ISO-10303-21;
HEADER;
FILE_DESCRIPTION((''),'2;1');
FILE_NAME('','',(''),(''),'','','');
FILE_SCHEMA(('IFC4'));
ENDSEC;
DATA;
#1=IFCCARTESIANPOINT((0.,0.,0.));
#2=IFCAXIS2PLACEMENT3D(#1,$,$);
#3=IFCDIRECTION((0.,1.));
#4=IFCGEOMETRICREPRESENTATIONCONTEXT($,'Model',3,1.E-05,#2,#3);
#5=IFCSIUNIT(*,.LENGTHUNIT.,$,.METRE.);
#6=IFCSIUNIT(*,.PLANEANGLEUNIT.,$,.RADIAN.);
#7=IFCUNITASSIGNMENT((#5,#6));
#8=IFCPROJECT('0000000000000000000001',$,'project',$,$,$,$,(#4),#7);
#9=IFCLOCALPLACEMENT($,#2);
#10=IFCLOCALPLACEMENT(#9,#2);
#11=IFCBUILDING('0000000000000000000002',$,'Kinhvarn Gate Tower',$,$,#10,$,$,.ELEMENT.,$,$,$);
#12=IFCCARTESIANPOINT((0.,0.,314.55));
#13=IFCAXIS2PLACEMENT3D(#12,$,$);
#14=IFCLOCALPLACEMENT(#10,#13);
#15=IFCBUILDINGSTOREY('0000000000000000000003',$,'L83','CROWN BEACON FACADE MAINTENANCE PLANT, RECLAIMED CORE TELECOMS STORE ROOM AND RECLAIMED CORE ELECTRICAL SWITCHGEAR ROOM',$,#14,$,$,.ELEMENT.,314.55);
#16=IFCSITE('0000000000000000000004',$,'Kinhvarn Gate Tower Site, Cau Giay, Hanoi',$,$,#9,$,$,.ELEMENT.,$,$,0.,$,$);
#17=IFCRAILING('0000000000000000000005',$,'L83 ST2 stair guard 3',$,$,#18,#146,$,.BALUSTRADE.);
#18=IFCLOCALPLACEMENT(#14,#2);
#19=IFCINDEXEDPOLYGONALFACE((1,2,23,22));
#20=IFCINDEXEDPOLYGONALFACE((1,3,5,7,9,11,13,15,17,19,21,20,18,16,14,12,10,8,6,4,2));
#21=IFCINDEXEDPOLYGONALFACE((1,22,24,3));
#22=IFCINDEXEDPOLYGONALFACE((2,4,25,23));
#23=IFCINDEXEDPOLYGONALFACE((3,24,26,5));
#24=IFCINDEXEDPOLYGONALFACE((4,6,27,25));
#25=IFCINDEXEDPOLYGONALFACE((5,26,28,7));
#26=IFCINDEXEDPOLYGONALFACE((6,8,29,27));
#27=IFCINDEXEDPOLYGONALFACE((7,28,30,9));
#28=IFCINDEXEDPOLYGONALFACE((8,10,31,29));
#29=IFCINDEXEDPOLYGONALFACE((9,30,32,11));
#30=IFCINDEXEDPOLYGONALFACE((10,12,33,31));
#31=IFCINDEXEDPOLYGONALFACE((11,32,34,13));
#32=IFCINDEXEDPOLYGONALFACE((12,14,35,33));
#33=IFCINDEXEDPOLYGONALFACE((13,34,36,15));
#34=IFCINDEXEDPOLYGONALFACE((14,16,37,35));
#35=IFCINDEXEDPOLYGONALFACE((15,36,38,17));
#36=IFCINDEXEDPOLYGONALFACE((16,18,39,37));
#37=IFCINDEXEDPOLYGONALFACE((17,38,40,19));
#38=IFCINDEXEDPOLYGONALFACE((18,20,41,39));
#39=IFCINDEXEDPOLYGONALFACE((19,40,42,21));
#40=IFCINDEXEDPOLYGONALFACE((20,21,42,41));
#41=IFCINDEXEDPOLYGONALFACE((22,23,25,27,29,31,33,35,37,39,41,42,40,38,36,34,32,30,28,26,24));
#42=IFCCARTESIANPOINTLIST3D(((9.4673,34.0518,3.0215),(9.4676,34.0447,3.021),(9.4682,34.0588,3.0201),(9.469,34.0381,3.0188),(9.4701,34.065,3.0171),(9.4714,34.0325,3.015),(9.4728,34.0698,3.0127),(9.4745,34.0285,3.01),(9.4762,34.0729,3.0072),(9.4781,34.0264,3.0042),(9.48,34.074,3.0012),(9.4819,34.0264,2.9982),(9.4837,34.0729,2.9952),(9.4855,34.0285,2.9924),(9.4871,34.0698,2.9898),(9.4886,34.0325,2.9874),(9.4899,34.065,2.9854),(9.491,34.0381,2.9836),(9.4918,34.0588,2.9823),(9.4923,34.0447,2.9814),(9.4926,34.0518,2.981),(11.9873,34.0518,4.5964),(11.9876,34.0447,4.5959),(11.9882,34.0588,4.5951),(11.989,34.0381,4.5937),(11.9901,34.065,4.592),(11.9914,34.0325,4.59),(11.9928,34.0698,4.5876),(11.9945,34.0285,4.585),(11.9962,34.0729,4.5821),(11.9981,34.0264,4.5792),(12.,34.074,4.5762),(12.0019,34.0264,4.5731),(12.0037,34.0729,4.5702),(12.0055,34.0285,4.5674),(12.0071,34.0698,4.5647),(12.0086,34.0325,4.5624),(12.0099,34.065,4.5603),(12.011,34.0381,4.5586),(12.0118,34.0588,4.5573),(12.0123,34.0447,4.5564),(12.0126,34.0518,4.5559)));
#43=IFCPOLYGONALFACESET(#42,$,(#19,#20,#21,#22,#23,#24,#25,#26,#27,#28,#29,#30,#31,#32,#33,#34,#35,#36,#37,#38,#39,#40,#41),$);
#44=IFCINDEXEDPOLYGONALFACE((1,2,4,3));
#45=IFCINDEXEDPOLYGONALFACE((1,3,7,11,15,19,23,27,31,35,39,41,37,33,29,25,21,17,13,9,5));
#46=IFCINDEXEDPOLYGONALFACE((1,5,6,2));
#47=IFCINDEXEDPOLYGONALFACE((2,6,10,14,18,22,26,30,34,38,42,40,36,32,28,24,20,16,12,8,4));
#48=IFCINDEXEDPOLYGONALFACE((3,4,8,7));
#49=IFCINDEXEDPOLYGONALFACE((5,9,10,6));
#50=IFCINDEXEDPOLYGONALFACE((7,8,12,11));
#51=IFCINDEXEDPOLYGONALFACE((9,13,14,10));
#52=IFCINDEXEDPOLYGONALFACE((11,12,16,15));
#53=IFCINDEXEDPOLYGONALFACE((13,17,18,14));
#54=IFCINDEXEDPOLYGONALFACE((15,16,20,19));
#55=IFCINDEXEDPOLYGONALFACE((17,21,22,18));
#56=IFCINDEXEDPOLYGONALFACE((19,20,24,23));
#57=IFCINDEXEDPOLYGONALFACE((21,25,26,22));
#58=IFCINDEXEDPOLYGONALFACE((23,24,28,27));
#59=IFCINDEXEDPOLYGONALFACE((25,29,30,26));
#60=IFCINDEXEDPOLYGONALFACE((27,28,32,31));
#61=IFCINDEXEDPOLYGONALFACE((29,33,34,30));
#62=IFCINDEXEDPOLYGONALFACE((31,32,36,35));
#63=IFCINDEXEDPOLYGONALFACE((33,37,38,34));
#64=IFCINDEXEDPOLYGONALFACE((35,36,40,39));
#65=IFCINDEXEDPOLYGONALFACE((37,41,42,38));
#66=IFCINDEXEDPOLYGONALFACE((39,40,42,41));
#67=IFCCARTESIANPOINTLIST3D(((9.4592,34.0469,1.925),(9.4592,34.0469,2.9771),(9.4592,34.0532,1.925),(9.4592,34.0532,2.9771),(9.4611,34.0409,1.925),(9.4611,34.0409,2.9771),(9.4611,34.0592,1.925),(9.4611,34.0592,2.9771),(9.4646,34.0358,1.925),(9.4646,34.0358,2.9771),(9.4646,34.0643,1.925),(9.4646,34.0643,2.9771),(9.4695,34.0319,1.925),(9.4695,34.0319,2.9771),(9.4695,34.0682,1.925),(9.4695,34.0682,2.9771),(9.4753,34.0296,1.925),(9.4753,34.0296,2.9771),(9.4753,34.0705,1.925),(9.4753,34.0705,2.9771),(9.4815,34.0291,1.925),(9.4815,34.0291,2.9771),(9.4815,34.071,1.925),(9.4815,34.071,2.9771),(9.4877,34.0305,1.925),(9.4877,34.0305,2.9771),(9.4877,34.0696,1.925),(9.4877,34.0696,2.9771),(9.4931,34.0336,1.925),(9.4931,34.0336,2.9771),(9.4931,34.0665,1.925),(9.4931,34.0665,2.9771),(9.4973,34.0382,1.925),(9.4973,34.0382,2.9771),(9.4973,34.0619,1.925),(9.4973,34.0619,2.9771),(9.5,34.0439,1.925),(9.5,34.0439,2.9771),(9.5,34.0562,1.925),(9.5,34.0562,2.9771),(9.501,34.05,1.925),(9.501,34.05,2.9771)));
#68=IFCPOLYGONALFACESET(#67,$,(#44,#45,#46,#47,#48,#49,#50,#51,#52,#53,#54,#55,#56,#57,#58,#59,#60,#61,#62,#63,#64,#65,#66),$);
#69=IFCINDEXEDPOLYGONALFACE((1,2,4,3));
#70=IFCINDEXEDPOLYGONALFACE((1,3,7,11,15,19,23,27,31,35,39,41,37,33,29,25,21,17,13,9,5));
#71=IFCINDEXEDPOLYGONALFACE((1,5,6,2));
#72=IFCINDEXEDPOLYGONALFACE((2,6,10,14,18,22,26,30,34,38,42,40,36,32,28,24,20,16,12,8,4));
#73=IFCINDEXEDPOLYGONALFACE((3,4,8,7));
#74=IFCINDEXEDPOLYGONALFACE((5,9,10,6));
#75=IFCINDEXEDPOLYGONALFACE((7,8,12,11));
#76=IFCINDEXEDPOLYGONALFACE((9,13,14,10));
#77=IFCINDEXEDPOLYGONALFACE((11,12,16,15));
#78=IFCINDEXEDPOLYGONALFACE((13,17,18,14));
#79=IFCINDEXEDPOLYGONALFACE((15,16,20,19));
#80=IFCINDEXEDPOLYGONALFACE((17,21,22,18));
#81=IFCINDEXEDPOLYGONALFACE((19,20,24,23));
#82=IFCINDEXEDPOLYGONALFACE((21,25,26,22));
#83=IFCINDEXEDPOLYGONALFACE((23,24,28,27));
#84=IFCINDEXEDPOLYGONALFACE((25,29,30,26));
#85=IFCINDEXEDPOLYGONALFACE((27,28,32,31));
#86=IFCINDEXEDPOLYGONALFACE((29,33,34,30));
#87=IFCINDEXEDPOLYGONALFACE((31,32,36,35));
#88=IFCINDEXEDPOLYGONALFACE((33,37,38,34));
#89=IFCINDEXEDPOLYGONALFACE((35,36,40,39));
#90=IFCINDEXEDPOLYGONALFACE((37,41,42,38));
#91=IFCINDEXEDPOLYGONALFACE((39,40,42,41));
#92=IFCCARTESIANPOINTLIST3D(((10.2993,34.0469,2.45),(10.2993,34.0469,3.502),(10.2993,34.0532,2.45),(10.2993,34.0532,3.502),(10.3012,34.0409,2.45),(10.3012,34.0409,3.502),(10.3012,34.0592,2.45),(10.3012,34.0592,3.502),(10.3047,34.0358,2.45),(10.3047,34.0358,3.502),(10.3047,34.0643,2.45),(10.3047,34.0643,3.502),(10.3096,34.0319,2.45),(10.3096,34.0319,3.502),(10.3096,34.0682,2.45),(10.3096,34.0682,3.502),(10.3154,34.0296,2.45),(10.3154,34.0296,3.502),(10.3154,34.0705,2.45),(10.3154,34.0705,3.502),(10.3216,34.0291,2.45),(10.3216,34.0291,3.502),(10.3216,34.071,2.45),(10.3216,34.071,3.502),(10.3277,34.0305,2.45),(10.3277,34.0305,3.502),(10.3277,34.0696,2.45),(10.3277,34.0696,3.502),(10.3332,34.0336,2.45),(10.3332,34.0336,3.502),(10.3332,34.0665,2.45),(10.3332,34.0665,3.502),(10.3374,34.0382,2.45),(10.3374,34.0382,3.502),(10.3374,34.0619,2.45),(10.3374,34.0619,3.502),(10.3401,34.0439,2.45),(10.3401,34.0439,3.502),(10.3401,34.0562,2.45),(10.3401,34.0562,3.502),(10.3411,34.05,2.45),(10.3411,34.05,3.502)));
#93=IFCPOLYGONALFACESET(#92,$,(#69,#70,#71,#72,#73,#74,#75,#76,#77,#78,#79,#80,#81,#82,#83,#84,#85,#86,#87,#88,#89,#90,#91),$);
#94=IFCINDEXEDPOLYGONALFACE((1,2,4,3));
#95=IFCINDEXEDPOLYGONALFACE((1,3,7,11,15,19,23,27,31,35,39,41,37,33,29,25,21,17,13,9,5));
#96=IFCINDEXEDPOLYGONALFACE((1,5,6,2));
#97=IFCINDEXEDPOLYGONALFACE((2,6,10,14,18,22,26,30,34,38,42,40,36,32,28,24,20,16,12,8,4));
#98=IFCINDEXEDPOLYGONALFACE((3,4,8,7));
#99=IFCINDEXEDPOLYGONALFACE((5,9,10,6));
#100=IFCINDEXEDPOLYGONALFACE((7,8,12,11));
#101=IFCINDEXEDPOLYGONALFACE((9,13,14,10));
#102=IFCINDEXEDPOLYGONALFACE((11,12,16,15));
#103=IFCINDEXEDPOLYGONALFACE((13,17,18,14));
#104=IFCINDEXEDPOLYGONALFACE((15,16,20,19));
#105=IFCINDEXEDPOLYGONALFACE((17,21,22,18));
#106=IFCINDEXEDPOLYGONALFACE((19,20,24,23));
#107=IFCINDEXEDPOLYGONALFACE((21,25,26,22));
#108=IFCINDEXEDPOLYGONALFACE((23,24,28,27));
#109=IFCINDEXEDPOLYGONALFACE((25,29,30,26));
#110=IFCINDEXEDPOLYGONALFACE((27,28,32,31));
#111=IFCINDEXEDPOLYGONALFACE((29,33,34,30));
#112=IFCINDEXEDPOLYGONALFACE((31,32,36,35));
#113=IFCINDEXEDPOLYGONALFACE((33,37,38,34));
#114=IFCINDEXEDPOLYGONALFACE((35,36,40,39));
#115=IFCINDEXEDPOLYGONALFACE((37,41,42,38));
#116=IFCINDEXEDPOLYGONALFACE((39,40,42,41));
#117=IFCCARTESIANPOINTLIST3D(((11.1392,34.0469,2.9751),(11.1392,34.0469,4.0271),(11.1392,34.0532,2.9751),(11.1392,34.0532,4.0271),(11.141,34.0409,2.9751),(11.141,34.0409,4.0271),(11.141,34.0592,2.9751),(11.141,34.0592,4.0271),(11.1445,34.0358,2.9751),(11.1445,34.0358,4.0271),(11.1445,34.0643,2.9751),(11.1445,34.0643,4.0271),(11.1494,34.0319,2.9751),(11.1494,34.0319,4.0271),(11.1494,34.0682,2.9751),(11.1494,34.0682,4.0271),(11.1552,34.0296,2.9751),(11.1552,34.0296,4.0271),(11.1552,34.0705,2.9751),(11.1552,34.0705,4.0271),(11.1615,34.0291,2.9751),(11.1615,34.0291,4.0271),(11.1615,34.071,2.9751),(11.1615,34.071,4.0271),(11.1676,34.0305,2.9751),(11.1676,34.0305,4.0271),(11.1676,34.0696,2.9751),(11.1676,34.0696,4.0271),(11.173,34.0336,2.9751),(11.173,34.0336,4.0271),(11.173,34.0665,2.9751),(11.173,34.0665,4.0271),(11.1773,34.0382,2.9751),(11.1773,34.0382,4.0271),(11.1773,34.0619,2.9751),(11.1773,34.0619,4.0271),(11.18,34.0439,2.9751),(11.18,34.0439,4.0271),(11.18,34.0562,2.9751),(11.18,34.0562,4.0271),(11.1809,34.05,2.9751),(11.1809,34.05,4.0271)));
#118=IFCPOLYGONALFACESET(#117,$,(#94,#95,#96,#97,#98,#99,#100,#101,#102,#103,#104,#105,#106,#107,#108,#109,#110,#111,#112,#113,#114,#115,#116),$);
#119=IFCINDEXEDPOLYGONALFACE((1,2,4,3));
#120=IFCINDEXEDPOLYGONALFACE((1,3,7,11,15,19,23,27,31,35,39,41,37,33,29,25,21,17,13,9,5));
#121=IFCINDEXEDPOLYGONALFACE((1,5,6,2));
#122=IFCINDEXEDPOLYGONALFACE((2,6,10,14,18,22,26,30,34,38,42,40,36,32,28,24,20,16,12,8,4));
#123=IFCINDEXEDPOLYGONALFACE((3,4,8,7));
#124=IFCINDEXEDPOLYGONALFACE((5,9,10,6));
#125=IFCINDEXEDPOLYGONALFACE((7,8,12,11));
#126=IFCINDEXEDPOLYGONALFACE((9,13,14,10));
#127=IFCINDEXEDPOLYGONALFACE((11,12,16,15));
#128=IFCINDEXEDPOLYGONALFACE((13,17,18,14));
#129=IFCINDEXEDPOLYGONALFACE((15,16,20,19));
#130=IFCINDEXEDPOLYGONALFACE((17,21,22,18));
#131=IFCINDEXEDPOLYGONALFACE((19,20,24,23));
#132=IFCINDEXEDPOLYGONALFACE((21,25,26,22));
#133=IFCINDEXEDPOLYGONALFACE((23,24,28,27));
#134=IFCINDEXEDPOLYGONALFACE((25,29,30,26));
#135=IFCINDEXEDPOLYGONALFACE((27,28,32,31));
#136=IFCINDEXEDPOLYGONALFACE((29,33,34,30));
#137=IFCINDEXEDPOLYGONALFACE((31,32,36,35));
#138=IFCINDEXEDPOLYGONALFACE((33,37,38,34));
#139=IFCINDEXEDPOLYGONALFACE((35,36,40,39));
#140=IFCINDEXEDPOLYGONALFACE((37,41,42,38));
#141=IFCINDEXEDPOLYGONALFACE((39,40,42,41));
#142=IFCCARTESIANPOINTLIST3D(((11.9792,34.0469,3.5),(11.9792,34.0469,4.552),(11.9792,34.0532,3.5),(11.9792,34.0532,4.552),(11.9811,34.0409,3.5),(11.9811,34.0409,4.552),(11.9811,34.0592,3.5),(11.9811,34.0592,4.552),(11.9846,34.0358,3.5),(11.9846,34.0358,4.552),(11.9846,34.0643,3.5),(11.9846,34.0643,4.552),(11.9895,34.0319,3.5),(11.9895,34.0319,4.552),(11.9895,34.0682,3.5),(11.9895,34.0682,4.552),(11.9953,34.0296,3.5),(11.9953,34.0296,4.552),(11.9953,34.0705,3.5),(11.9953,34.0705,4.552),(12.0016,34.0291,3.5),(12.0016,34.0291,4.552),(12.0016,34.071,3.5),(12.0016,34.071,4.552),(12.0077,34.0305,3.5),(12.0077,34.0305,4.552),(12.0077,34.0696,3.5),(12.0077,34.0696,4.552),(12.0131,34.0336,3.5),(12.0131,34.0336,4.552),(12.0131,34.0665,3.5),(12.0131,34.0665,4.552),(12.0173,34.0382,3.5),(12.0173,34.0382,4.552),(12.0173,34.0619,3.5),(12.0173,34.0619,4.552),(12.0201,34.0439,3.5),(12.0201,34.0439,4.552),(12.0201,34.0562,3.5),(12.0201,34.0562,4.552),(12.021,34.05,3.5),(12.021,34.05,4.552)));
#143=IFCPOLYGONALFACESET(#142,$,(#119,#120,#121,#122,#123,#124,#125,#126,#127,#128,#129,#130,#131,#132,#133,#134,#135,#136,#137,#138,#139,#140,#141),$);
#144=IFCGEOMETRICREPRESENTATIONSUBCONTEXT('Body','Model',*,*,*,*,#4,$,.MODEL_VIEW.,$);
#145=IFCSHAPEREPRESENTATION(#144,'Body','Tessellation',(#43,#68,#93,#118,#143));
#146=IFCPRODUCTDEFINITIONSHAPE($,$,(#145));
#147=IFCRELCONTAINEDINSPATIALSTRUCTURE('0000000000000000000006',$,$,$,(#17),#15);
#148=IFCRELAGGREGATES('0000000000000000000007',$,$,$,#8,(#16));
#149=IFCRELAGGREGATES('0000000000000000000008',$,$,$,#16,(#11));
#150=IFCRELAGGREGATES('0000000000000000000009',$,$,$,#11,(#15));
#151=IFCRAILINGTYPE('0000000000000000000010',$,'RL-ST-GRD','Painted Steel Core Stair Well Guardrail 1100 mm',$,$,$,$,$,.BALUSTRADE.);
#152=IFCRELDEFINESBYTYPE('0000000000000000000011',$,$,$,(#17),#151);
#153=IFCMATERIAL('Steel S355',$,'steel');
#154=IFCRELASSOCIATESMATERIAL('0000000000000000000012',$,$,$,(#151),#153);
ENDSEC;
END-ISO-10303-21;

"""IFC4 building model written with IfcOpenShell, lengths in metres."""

from ifc_helpers import new_model, si_unit, direction, frame, origin, origin_2d, place, context, subcontext, project, spatial, circle, extrude, material, type_object, element, save


model = new_model("IFC4")

# Units and contexts
model_context = context("Model", 3, precision=1e-05, world=origin(), true_north=direction((0.0, 1.0)))
body_context = subcontext(model_context, "Body", "Model", "MODEL_VIEW")
ifc_project = project(units=[si_unit("LENGTHUNIT", "METRE"), si_unit("PLANEANGLEUNIT", "RADIAN")], contexts=[model_context])

# Site, building, storey
site_placement = place(None, origin())
site = spatial("IfcSite", under=ifc_project, at=site_placement, Name="Kinhvarn Gate Tower Site, Cau Giay, Hanoi", CompositionType="ELEMENT", RefElevation=0.0)
building_placement = place(site_placement, origin())
building = spatial("IfcBuilding", under=site, at=building_placement, Name="Kinhvarn Gate Tower", CompositionType="ELEMENT")
storey_placement = place(building_placement, frame((0.0, 0.0, 314.55)))
storey = spatial("IfcBuildingStorey", under=building, at=storey_placement, Name="L83", Description="CROWN BEACON FACADE MAINTENANCE PLANT, RECLAIMED CORE TELECOMS STORE ROOM AND RECLAIMED CORE ELECTRICAL SWITCHGEAR ROOM", CompositionType="ELEMENT", Elevation=314.55)

# Railing
ifc_material_1 = material(Name="Steel S355", Category="steel")
railing_type_1 = type_object("IfcRailingType", Name="RL-ST-GRD", Description="Painted Steel Core Stair Well Guardrail 1100 mm", PredefinedType="BALUSTRADE", material=ifc_material_1)
railing_1_placement = place(storey_placement, frame((9.48, 34.05, 1.925)))
element("IfcRailing", 1, at=railing_1_placement, inside=storey, type_object=railing_type_1, Name="L83 ST2 stair guard 3", PredefinedType="BALUSTRADE", context=body_context, shape_type="SweptSolid", body=[
    extrude(circle(Radius=0.0239, at=origin_2d()), frame((0.0, 0.0, 1.0762), z_axis=(0.848008, 0.0, 0.529984), x_axis=(0.0, 1.0, 0.0)), (0.0, 0.0, 1.0), 2.9717),
    extrude(circle(Radius=0.021, at=origin_2d()), origin(), (0.0, 0.0, 1.0), 1.052),
    extrude(circle(Radius=0.021, at=origin_2d()), frame((0.8401, 0.0, 0.5249)), (0.0, 0.0, 1.0), 1.052),
    extrude(circle(Radius=0.021, at=origin_2d()), frame((1.6799, 0.0, 1.05)), (0.0, 0.0, 1.0), 1.052),
    extrude(circle(Radius=0.021, at=origin_2d()), frame((2.52, 0.0, 1.575)), (0.0, 0.0, 1.0), 1.052),
])

save(model, "model.ifc")
